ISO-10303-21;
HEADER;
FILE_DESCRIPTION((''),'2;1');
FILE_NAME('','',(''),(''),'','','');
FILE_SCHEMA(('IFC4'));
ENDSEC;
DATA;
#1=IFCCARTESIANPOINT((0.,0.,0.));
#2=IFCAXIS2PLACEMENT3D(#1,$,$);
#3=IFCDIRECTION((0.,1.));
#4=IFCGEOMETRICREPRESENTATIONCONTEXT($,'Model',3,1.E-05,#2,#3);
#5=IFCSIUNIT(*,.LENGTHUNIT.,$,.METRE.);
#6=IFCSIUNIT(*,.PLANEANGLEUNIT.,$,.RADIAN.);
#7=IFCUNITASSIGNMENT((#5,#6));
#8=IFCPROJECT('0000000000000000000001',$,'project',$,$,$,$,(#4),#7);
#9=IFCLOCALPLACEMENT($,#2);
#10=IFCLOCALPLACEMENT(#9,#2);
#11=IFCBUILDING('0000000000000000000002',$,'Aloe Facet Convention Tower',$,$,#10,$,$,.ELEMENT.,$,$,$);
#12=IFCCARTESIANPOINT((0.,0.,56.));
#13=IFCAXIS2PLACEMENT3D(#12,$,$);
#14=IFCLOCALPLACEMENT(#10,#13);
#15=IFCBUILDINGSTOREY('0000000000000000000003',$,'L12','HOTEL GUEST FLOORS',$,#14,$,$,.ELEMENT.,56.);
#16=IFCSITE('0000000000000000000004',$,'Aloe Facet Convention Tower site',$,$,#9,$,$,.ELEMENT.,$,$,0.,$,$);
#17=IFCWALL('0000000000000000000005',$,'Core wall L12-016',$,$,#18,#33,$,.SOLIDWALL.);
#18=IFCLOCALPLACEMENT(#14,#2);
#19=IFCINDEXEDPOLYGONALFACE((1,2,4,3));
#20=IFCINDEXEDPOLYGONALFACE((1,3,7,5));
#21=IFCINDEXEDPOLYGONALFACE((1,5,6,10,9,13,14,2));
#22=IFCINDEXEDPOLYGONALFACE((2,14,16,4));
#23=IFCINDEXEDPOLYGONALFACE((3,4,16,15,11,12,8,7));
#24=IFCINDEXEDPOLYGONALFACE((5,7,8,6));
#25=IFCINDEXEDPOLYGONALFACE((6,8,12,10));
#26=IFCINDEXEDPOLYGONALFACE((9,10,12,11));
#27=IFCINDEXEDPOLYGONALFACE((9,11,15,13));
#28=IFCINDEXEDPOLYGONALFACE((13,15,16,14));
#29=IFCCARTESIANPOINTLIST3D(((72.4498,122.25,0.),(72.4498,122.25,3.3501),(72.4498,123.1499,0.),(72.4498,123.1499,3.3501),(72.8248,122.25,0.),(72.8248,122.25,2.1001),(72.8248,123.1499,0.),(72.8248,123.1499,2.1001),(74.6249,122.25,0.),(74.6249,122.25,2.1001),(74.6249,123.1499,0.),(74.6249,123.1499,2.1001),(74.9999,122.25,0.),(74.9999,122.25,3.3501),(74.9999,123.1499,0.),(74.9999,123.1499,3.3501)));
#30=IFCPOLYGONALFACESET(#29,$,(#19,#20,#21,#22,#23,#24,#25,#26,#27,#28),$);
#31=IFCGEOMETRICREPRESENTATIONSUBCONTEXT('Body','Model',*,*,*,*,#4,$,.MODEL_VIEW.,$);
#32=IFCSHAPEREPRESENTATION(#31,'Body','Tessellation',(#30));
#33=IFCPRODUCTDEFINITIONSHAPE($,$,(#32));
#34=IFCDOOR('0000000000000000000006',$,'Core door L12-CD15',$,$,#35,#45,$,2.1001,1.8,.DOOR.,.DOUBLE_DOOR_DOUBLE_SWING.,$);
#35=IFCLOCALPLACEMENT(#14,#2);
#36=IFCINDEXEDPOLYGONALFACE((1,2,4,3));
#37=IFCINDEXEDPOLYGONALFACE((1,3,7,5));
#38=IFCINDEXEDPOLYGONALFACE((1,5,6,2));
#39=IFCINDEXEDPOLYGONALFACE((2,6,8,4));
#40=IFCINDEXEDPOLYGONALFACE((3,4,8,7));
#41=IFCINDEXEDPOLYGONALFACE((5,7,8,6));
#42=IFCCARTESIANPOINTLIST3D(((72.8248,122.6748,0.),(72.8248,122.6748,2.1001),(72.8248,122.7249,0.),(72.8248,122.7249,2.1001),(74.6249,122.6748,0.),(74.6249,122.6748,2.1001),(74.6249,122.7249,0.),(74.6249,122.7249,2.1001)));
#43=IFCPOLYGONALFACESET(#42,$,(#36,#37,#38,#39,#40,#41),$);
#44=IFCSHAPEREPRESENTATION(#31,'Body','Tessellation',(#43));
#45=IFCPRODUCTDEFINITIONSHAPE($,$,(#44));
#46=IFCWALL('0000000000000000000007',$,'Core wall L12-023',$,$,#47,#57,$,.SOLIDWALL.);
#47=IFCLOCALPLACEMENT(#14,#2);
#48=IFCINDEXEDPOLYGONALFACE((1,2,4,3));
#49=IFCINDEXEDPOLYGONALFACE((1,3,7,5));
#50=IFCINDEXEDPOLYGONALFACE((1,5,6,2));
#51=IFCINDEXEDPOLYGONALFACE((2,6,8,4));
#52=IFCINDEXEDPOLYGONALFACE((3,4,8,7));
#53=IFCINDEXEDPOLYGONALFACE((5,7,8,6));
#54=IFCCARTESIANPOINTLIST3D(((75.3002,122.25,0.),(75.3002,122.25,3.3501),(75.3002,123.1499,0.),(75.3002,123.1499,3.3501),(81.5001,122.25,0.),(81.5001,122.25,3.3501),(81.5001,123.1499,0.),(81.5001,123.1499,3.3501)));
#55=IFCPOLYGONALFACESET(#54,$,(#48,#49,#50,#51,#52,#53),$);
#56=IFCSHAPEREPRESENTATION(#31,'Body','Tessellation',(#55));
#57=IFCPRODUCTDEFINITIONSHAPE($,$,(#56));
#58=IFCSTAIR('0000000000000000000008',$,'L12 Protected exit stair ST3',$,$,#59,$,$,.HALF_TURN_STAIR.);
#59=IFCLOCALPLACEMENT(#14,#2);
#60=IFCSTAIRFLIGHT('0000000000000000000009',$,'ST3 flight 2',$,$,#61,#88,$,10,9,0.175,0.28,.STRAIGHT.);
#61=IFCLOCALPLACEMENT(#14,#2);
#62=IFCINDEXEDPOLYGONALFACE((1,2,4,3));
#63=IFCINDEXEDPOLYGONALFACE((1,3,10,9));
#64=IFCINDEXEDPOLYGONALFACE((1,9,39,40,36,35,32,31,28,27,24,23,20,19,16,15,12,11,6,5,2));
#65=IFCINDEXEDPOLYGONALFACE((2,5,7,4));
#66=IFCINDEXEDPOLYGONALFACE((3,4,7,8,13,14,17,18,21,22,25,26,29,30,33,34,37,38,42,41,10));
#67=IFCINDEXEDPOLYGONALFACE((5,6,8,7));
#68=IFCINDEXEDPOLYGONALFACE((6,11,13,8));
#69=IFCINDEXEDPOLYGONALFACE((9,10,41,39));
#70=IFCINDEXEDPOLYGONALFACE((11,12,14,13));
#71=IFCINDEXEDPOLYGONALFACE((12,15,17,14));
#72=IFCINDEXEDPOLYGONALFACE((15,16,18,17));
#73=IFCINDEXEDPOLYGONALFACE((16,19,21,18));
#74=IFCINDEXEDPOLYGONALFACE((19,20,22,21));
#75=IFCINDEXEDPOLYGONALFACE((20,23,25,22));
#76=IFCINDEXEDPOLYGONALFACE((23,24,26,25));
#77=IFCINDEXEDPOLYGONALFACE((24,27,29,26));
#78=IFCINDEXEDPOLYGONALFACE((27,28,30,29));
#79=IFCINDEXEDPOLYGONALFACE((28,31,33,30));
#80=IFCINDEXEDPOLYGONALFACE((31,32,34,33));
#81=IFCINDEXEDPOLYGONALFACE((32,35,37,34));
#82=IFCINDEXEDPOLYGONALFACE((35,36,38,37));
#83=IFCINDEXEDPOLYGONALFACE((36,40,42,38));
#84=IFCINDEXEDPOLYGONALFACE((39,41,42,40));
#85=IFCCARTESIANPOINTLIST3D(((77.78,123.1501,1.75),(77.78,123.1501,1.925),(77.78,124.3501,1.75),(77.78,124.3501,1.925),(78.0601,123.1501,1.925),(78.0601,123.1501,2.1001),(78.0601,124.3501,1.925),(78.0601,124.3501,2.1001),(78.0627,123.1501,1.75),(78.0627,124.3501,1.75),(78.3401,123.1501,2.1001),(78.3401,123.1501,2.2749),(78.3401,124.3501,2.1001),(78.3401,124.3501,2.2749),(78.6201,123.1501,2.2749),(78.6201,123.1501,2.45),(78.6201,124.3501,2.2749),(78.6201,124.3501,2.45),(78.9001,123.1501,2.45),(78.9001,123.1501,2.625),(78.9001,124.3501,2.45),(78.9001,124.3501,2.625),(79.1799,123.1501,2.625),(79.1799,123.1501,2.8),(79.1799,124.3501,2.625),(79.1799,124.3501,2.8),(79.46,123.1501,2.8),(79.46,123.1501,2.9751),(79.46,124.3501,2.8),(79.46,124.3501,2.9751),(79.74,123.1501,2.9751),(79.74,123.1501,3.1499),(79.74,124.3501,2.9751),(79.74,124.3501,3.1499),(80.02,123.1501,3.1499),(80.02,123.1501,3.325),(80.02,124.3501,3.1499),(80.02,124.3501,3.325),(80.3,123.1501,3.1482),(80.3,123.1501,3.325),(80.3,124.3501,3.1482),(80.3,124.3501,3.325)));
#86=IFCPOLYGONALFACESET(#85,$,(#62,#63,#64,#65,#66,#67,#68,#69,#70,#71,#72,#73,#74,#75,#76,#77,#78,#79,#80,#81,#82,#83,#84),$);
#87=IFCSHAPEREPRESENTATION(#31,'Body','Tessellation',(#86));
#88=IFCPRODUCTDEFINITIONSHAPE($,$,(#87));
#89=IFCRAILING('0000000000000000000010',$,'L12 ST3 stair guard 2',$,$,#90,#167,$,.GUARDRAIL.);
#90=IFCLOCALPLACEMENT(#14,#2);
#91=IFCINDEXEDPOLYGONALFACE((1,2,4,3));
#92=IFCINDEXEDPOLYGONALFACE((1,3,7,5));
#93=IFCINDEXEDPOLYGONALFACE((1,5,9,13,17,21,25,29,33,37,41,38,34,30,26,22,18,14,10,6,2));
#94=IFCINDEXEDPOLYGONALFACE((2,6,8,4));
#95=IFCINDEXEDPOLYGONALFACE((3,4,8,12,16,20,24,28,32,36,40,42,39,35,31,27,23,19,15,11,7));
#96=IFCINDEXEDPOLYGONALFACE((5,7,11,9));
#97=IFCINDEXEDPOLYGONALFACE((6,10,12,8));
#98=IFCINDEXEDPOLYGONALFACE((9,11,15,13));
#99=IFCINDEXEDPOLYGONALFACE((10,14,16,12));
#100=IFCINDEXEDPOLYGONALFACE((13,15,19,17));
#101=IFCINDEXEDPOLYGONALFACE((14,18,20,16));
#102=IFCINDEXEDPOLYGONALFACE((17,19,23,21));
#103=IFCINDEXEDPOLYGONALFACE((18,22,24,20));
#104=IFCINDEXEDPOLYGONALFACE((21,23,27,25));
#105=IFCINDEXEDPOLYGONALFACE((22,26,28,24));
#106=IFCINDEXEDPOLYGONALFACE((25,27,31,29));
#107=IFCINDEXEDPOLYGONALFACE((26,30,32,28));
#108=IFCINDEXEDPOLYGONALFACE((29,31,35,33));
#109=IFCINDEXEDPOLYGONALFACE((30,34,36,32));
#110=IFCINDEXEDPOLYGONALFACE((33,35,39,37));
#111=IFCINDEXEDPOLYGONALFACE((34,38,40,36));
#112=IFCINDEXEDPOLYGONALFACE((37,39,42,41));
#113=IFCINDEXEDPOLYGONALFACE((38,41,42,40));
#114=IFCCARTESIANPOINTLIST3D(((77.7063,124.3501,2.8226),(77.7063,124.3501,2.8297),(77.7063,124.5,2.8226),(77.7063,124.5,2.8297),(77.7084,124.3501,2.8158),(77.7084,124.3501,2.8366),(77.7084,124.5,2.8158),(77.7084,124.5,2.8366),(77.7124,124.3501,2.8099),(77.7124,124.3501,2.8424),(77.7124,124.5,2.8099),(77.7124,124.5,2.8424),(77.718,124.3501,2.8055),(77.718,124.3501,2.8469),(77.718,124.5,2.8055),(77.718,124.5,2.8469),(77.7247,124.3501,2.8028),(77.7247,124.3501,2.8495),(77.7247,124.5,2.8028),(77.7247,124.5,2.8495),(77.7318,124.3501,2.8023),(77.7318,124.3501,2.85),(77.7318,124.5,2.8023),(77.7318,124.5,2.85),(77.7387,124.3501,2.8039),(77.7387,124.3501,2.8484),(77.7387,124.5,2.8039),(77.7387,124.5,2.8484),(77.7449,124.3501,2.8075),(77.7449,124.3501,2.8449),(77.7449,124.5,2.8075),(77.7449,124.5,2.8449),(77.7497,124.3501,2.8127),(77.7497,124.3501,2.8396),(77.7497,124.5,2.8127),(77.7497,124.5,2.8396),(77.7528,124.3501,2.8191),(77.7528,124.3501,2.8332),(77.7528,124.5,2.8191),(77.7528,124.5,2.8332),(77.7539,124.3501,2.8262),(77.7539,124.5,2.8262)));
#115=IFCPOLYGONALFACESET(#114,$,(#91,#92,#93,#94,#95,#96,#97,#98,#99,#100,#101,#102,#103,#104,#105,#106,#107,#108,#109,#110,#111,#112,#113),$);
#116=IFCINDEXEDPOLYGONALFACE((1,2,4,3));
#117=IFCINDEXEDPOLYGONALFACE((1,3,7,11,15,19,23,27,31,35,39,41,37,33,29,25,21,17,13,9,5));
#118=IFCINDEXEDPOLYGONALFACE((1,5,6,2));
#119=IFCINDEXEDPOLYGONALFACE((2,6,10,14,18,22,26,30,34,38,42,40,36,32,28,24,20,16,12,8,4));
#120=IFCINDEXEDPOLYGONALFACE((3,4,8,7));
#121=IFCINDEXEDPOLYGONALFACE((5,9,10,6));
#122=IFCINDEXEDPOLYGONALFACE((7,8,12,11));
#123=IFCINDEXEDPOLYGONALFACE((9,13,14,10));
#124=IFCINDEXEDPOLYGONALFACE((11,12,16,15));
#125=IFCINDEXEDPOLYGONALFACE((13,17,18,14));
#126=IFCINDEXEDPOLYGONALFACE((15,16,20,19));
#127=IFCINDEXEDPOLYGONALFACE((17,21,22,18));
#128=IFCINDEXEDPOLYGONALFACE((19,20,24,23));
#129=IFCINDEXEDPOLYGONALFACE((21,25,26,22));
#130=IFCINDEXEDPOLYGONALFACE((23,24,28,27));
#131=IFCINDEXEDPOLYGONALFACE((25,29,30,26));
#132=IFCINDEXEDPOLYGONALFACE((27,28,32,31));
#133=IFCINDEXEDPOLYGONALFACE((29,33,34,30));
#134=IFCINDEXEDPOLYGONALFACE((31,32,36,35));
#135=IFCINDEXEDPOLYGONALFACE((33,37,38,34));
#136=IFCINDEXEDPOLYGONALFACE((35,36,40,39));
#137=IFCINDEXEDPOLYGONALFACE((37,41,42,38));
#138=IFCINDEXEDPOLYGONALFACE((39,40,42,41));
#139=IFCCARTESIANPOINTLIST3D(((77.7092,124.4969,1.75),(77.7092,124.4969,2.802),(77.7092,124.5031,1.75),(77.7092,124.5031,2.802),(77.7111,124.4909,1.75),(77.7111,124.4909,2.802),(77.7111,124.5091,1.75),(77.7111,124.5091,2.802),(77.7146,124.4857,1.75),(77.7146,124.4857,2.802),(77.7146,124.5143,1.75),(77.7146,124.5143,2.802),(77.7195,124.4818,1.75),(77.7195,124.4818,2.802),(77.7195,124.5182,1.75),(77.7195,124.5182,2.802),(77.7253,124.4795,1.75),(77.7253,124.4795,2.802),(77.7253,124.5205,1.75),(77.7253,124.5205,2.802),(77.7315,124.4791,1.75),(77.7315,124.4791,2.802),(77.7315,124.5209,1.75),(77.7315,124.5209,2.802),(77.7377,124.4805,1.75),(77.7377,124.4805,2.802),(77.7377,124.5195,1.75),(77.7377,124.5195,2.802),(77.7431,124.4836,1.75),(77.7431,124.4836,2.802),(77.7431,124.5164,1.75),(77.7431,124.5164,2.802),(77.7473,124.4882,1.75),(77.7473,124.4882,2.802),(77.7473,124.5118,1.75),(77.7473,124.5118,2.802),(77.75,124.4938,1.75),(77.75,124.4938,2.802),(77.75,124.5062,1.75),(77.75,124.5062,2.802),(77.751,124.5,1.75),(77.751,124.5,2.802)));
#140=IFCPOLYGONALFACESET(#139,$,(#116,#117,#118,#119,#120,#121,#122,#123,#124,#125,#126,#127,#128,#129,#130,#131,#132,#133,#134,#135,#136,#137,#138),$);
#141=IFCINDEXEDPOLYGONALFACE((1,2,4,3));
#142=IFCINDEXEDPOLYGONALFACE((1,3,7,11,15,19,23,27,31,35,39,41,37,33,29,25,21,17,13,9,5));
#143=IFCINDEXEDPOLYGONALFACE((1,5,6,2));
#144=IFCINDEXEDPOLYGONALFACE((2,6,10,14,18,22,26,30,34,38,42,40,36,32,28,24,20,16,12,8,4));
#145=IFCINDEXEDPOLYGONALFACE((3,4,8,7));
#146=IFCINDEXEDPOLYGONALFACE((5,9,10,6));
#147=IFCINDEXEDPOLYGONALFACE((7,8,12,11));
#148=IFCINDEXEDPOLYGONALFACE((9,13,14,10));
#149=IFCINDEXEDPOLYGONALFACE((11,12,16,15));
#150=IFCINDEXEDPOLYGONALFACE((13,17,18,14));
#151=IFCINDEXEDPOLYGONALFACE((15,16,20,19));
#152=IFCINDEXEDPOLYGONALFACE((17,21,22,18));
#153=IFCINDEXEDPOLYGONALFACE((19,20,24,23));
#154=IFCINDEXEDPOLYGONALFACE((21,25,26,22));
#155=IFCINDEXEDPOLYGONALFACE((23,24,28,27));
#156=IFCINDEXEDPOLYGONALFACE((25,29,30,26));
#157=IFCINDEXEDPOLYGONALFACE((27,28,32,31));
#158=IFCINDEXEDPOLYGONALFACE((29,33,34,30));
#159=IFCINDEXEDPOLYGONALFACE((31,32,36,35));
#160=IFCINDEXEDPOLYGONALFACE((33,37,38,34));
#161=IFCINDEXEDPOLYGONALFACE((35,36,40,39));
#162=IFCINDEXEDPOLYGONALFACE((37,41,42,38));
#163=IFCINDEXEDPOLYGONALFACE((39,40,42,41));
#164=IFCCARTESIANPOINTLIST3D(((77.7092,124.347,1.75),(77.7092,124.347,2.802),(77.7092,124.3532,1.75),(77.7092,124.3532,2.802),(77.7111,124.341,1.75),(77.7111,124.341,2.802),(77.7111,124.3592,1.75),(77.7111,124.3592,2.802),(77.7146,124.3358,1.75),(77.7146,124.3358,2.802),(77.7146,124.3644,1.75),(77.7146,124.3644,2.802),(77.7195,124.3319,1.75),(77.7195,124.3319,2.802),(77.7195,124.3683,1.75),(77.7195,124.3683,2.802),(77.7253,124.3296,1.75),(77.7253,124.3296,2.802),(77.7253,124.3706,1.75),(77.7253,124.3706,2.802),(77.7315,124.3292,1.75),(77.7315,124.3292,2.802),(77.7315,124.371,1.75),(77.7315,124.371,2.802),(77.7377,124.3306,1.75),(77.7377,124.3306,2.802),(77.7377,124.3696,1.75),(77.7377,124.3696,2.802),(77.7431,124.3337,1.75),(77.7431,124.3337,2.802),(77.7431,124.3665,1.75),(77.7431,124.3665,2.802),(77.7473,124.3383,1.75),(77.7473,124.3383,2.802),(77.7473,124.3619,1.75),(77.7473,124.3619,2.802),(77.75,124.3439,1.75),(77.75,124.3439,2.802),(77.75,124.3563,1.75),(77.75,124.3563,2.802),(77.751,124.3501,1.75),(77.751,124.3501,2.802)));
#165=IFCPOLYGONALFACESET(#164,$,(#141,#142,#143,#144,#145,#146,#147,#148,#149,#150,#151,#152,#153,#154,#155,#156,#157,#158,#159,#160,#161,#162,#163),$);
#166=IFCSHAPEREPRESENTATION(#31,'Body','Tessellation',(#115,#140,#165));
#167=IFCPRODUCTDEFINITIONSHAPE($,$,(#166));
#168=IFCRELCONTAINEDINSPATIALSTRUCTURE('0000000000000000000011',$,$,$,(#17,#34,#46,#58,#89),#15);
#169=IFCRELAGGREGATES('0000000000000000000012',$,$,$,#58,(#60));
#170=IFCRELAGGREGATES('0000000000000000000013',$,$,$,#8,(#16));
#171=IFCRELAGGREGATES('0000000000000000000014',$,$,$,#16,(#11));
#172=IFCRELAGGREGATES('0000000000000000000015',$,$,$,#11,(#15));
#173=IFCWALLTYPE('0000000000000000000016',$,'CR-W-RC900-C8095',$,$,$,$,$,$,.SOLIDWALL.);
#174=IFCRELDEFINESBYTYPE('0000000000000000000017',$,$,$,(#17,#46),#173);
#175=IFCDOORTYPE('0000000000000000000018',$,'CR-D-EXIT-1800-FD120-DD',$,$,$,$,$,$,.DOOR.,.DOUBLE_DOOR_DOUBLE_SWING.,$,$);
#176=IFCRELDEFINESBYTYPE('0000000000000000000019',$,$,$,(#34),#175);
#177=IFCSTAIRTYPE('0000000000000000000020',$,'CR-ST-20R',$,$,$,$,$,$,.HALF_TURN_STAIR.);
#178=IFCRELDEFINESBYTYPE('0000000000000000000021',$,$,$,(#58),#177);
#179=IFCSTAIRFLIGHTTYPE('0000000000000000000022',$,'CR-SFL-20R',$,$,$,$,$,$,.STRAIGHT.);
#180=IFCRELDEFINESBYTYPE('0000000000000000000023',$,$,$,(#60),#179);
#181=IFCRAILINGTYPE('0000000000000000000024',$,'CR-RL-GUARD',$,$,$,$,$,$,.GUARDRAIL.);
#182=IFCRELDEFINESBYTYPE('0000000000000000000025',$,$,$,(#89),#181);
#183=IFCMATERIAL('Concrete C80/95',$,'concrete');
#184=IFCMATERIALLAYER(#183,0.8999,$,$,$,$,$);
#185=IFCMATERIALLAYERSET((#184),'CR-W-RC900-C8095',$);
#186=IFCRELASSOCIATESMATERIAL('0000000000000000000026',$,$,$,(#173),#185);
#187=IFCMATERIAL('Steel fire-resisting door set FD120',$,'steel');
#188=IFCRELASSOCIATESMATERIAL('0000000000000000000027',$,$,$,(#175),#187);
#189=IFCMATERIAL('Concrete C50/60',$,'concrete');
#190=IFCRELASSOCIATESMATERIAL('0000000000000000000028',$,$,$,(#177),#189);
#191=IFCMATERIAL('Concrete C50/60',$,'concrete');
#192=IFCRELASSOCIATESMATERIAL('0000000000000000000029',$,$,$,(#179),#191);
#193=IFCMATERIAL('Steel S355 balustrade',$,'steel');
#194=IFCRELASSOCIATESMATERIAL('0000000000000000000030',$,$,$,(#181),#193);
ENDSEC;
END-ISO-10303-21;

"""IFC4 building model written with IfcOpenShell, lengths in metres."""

from ifc_helpers import new_model, si_unit, direction, frame, frame_2d, origin, origin_2d, place, context, subcontext, project, spatial, polyline, rectangle, circle, outline, extrude, material, layer, layer_set, type_object, element, fill, aggregate, save


model = new_model("IFC4")

# Units and contexts
model_context = context("Model", 3, precision=1e-05, world=origin(), true_north=direction((0.0, 1.0)))
body_context = subcontext(model_context, "Body", "Model", "MODEL_VIEW")
ifc_project = project(units=[si_unit("LENGTHUNIT", "METRE"), si_unit("PLANEANGLEUNIT", "RADIAN")], contexts=[model_context])

# Site, building, storey
site_placement = place(None, origin())
site = spatial("IfcSite", under=ifc_project, at=site_placement, Name="Aloe Facet Convention Tower site", CompositionType="ELEMENT", RefElevation=0.0)
building_placement = place(site_placement, origin())
building = spatial("IfcBuilding", under=site, at=building_placement, Name="Aloe Facet Convention Tower", CompositionType="ELEMENT")
storey_placement = place(building_placement, frame((0.0, 0.0, 56.0)))
storey = spatial("IfcBuildingStorey", under=building, at=storey_placement, Name="L12", Description="HOTEL GUEST FLOORS", CompositionType="ELEMENT", Elevation=56.0)

# Shared definitions
ifc_material_1 = material(Name="Concrete C80/95", Category="concrete")
ifc_layer_1 = layer(ifc_material_1, 0.8999)
ifc_layer_set_1 = layer_set([ifc_layer_1], Name="CR-W-RC900-C8095")
wall_type_1 = type_object("IfcWallType", Name="CR-W-RC900-C8095", PredefinedType="SOLIDWALL", material=ifc_layer_set_1)

# Wall, opening, door
wall_1_placement = place(storey_placement, frame((72.45, 122.7, 0.0), z_axis=(0.0, 0.0, 1.0), x_axis=(1.0, 0.0, 0.0)))
wall_1 = element("IfcWall", 1, at=wall_1_placement, inside=storey, type_object=wall_type_1, Name="Core wall L12-016", PredefinedType="SOLIDWALL", context=body_context, shape_type="SweptSolid", body=[
    extrude(rectangle(XDim=2.55, YDim=0.8999, at=frame_2d((1.2749, 0.0))), origin(), (0.0, 0.0, 1.0), 3.3501),
])
opening_placement = place(wall_1_placement, frame((0.375, 0.0, 0.0)))
opening = element("IfcOpeningElement", 2, at=opening_placement, cuts=wall_1, PredefinedType="OPENING", context=body_context, shape_type="SweptSolid", body=[
    extrude(rectangle(XDim=1.8, YDim=2.1001, at=frame_2d((0.8999, 1.05))), frame((0.0, 0.46, 0.0), z_axis=(0.0, -1.0, 0.0), x_axis=(1.0, 0.0, 0.0)), (0.0, 0.0, 1.0), 0.9199),
])
ifc_material_2 = material(Name="Steel fire-resisting door set FD120", Category="steel")
door_type = type_object("IfcDoorType", Name="CR-D-EXIT-1800-FD120-DD", OperationType="DOUBLE_DOOR_DOUBLE_SWING", PredefinedType="DOOR", material=ifc_material_2)
door_placement = place(opening_placement, origin())
door = element("IfcDoor", 3, at=door_placement, inside=storey, type_object=door_type, Name="Core door L12-CD15", OperationType="DOUBLE_DOOR_DOUBLE_SWING", OverallHeight=2.1001, OverallWidth=1.8, PredefinedType="DOOR", context=body_context, shape_type="SweptSolid", body=[
    extrude(rectangle(XDim=1.8, YDim=2.1001, at=frame_2d((0.8999, 1.05))), frame((0.0, 0.0249, 0.0), z_axis=(0.0, -1.0, 0.0), x_axis=(1.0, 0.0, 0.0)), (0.0, 0.0, 1.0), 0.05),
])
fill(opening, door)

# Wall
wall_2_placement = place(storey_placement, frame((75.3, 122.7, 0.0), z_axis=(0.0, 0.0, 1.0), x_axis=(1.0, 0.0, 0.0)))
element("IfcWall", 4, at=wall_2_placement, inside=storey, type_object=wall_type_1, Name="Core wall L12-023", PredefinedType="SOLIDWALL", context=body_context, shape_type="SweptSolid", body=[
    extrude(rectangle(XDim=6.2, YDim=0.8999, at=frame_2d((3.1001, 0.0))), origin(), (0.0, 0.0, 1.0), 3.3501),
])

# Stair, stair flight
ifc_material_3 = material(Name="Concrete C50/60", Category="concrete")
stair_type = type_object("IfcStairType", Name="CR-ST-20R", PredefinedType="HALF_TURN_STAIR", material=ifc_material_3)
stair_placement = place(storey_placement, origin())
stair = element("IfcStair", 5, at=stair_placement, inside=storey, type_object=stair_type, Name="L12 Protected exit stair ST3", PredefinedType="HALF_TURN_STAIR")
ifc_material_4 = material(Name="Concrete C50/60", Category="concrete")
stair_flight_type = type_object("IfcStairFlightType", Name="CR-SFL-20R", PredefinedType="STRAIGHT", material=ifc_material_4)
stair_flight_placement = place(storey_placement, frame((77.78, 123.75, 1.75), z_axis=(0.0, 0.0, 1.0), x_axis=(1.0, 0.0, 0.0)))
stair_flight = element("IfcStairFlight", 6, at=stair_flight_placement, type_object=stair_flight_type, Name="ST3 flight 2", NumberOfRisers=10, NumberOfTreads=9, PredefinedType="STRAIGHT", RiserHeight=0.175, TreadLength=0.28, context=body_context, shape_type="SweptSolid", body=[
    extrude(outline(polyline([(0.0, 0.0), (0.0, 0.175), (0.28, 0.175), (0.28, 0.3501), (0.5601, 0.3501), (0.5601, 0.5249), (0.8401, 0.5249), (0.8401, 0.7), (1.1201, 0.7), (1.1201, 0.875), (1.3999, 0.875), (1.3999, 1.05), (1.6799, 1.05), (1.6799, 1.2251), (1.96, 1.2251), (1.96, 1.3999), (2.24, 1.3999), (2.24, 1.575), (2.52, 1.575), (2.52, 1.75), (2.52, 1.3982), (0.2827, 0.0), (0.0, 0.0)])), frame((0.0, 0.6001, 0.0), z_axis=(0.0, -1.0, 0.0), x_axis=(1.0, 0.0, 0.0)), (0.0, 0.0, 1.0), 1.2),
])
aggregate(stair, [stair_flight])

# Railing
ifc_material_5 = material(Name="Steel S355 balustrade", Category="steel")
railing_type_1 = type_object("IfcRailingType", Name="CR-RL-GUARD", PredefinedType="GUARDRAIL", material=ifc_material_5)
railing_1_placement = place(storey_placement, frame((77.73, 124.5, 1.75)))
element("IfcRailing", 7, at=railing_1_placement, inside=storey, type_object=railing_type_1, Name="L12 ST3 stair guard 2", PredefinedType="GUARDRAIL", context=body_context, shape_type="SweptSolid", body=[
    extrude(circle(Radius=0.0239, at=origin_2d()), frame((0.0, 0.0, 1.0762), z_axis=(0.0, -1.0, 0.0), x_axis=(1.0, 0.0, 0.0)), (0.0, 0.0, 1.0), 0.1499),
    extrude(circle(Radius=0.021, at=origin_2d()), origin(), (0.0, 0.0, 1.0), 1.052),
    extrude(circle(Radius=0.021, at=origin_2d()), frame((0.0, -0.1499, 0.0)), (0.0, 0.0, 1.0), 1.052),
])

save(model, "model.ifc")
